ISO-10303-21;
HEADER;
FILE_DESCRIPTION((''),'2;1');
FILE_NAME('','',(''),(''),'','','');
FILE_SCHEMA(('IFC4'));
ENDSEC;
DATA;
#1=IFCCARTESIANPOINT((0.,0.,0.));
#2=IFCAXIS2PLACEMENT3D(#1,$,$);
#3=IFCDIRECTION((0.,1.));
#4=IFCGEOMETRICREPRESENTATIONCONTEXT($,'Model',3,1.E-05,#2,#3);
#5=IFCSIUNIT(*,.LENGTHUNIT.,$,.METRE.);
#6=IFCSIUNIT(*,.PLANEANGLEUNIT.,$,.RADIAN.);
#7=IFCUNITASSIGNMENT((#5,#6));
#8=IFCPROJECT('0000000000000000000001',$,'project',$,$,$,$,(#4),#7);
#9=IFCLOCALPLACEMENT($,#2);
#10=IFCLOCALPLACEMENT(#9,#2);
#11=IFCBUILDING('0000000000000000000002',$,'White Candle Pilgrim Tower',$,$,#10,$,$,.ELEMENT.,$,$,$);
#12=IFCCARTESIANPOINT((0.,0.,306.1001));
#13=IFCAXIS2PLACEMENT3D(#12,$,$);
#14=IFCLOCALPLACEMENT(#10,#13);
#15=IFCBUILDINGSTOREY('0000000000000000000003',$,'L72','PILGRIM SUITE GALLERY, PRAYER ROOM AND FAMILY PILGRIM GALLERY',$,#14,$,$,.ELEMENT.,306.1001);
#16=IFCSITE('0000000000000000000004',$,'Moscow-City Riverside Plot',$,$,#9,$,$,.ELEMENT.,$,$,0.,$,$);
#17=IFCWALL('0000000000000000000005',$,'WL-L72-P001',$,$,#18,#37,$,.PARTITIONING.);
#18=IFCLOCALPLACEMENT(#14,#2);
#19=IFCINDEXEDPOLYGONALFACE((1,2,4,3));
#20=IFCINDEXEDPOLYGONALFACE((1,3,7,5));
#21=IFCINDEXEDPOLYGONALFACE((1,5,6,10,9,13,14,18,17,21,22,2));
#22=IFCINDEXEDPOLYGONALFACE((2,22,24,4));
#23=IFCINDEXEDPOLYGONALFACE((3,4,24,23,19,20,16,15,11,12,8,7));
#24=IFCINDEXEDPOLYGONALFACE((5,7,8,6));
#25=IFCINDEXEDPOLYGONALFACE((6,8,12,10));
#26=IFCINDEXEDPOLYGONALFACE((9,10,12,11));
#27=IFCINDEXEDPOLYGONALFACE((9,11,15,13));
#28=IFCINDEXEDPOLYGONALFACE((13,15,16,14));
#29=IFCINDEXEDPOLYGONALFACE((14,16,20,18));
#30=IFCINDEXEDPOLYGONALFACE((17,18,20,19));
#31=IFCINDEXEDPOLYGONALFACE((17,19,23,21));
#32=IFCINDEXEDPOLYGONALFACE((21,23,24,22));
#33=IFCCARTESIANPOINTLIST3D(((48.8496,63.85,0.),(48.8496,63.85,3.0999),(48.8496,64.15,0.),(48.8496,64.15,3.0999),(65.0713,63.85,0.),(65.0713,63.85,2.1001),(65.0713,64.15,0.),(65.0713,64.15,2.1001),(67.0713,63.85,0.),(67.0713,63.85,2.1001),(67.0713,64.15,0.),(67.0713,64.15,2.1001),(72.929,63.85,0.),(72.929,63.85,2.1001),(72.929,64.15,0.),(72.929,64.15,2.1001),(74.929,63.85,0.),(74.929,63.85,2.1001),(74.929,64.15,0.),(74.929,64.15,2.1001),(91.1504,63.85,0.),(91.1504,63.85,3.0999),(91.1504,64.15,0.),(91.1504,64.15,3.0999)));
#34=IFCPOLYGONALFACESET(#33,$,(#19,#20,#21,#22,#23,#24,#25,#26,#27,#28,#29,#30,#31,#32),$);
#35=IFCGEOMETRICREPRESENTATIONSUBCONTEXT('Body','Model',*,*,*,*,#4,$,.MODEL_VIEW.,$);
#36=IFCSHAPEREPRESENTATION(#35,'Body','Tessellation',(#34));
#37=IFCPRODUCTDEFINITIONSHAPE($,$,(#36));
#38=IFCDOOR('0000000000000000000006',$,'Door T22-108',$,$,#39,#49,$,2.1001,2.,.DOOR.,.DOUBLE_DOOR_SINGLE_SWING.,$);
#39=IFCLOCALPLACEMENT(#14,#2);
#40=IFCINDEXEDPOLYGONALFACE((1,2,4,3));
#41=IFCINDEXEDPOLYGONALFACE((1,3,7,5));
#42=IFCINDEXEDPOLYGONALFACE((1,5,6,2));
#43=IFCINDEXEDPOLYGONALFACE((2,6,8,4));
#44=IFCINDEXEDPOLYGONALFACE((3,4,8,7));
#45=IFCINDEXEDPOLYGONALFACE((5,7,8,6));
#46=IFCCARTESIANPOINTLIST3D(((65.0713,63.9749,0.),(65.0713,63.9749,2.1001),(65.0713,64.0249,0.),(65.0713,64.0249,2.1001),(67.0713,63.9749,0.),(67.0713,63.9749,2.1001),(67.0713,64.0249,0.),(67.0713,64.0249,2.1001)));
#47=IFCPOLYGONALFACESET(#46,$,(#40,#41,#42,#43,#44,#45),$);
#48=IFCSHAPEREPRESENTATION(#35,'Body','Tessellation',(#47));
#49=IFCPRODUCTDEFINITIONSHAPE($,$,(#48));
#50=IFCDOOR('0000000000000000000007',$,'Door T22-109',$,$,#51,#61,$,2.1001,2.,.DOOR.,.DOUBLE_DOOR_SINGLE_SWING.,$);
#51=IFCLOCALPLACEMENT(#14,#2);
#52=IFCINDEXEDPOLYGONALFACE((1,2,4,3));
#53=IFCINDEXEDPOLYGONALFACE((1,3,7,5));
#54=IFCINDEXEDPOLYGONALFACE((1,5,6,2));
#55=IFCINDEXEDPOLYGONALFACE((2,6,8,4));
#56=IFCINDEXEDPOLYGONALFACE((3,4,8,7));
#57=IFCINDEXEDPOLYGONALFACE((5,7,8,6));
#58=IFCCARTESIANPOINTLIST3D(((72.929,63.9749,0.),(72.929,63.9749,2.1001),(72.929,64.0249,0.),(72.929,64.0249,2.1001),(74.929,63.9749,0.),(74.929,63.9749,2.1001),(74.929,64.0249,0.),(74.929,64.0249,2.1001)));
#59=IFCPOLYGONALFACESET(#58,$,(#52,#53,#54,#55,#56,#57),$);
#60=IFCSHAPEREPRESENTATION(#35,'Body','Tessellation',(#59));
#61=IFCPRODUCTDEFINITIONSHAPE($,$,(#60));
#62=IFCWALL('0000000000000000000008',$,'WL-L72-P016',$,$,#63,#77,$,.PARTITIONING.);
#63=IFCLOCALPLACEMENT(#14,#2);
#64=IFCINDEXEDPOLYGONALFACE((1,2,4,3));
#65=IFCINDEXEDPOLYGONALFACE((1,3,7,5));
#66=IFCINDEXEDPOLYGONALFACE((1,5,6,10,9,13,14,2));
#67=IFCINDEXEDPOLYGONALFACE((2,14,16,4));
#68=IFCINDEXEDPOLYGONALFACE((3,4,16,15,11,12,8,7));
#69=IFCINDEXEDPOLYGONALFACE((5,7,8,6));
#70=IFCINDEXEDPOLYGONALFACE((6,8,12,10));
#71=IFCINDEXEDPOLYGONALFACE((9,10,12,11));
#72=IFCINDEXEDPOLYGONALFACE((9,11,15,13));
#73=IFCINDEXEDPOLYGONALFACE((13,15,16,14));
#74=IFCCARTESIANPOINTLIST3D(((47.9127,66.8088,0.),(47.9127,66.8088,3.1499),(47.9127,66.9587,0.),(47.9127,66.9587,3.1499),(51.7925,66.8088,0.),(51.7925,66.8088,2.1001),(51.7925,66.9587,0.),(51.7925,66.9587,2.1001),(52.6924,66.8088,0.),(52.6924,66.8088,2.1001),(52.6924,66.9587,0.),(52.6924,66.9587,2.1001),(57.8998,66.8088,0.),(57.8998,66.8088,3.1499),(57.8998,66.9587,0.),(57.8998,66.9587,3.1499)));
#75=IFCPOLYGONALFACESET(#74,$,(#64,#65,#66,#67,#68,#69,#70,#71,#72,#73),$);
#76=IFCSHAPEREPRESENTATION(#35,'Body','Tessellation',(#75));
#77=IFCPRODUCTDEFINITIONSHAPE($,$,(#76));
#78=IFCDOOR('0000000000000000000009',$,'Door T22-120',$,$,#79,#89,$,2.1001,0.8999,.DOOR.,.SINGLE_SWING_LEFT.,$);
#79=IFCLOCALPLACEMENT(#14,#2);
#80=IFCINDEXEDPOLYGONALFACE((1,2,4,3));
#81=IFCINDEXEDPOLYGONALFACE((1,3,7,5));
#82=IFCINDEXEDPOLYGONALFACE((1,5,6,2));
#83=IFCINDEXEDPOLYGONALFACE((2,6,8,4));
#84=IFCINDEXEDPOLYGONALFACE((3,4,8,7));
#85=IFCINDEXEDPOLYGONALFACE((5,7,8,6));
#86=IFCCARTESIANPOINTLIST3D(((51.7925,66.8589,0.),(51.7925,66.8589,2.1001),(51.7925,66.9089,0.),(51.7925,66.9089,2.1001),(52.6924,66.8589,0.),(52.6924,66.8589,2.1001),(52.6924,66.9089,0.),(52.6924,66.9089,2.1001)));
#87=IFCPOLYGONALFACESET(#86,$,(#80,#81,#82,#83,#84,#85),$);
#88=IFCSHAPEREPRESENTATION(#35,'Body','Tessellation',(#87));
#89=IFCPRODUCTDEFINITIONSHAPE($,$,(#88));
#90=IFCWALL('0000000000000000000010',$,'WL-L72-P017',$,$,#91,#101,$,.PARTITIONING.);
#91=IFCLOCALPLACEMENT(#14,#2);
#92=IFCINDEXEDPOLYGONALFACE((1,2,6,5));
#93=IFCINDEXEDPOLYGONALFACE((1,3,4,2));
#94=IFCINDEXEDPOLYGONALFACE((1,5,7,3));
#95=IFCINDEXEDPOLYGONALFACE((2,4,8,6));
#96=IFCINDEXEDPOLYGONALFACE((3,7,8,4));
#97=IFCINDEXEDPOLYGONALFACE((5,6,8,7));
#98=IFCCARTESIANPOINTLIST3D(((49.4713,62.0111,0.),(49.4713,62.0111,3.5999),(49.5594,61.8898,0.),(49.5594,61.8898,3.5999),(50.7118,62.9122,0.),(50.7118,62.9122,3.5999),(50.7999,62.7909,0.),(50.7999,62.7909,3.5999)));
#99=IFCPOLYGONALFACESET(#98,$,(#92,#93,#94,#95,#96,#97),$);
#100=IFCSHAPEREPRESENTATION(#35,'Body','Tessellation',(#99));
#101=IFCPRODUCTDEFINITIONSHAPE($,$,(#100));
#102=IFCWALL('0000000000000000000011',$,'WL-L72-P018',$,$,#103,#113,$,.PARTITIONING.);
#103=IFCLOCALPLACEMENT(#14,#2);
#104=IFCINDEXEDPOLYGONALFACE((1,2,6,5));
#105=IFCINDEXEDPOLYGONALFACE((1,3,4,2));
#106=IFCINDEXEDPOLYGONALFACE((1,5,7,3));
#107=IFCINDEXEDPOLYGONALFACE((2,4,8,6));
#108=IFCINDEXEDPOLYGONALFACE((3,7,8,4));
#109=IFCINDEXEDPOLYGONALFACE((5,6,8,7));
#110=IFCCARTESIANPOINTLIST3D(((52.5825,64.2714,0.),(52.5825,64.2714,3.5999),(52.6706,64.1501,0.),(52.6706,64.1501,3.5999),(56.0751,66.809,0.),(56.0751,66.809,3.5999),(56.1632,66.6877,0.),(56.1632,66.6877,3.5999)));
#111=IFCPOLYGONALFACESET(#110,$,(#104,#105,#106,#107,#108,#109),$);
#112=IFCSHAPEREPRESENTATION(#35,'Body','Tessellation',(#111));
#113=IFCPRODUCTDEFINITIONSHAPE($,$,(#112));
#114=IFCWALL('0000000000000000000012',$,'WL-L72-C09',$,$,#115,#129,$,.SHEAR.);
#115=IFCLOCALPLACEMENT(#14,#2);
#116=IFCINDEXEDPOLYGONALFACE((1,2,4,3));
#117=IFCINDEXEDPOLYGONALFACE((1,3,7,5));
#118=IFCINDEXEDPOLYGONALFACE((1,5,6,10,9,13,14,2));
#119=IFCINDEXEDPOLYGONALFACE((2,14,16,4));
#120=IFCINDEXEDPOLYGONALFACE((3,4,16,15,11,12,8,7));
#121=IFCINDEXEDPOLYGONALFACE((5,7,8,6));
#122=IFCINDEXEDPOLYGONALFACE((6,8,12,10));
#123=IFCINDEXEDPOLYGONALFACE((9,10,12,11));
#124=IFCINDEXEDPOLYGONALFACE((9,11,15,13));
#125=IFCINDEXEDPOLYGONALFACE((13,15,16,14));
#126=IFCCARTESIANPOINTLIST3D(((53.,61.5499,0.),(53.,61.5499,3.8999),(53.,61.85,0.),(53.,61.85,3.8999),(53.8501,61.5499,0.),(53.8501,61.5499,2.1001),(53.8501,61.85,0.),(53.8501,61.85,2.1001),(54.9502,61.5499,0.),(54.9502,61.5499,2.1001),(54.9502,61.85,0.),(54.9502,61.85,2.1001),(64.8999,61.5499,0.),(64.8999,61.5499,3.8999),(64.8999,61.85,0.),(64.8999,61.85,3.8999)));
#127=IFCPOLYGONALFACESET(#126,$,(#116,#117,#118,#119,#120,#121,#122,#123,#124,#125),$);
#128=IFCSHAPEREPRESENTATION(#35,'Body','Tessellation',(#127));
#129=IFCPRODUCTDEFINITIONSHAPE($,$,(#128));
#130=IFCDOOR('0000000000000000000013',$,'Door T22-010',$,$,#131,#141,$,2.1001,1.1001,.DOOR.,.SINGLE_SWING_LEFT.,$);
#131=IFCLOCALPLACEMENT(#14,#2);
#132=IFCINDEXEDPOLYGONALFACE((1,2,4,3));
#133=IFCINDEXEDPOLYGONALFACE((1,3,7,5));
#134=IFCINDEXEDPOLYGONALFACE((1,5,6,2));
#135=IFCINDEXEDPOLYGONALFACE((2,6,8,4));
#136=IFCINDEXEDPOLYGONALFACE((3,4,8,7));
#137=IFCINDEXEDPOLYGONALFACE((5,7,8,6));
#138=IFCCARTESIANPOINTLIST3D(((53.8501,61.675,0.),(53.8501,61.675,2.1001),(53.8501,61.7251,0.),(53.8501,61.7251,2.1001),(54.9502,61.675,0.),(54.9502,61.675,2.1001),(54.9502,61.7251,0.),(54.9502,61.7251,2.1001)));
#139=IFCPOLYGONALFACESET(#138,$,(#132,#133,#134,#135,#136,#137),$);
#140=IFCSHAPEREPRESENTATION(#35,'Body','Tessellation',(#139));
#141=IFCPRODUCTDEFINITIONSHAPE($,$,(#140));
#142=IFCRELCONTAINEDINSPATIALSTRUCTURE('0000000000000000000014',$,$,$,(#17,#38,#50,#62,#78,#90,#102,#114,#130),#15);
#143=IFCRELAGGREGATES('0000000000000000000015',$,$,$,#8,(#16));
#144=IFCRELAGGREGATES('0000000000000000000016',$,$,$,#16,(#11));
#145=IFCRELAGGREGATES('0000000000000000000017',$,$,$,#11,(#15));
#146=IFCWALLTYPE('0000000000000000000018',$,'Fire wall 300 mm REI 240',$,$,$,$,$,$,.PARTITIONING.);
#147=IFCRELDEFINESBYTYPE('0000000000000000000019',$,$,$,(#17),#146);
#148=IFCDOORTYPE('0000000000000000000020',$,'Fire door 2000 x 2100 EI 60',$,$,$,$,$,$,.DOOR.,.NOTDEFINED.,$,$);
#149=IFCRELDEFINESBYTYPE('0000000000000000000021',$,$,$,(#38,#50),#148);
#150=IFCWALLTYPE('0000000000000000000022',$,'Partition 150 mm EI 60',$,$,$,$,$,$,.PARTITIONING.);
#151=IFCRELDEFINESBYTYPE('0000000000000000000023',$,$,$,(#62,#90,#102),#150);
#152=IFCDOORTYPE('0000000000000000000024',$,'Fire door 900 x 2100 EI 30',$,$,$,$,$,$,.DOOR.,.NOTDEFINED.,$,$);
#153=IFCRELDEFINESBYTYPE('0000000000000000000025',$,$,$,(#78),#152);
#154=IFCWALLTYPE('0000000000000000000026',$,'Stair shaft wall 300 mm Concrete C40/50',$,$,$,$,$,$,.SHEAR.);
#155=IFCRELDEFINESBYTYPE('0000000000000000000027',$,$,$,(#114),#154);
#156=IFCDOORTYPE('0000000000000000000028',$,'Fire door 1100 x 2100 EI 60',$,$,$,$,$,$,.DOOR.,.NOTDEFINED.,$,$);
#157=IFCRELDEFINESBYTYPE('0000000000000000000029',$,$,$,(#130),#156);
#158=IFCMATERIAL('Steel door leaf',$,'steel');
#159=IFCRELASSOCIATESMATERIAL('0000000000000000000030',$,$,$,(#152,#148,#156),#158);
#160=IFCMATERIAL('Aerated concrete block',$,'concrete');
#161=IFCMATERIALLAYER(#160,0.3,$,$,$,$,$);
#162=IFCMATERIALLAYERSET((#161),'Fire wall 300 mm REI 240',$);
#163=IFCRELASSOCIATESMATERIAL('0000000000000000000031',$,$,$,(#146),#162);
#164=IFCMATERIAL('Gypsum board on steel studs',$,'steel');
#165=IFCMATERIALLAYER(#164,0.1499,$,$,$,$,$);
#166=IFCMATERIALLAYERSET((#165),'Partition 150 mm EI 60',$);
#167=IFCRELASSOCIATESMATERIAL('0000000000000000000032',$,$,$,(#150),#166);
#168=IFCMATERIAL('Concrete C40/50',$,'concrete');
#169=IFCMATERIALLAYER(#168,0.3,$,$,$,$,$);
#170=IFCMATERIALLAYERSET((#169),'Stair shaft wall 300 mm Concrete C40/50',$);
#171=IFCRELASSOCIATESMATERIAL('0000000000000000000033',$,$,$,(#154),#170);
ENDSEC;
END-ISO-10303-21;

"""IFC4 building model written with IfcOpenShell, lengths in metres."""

from ifc_helpers import new_model, si_unit, direction, frame, frame_2d, origin, place, context, subcontext, project, spatial, rectangle, extrude, material, layer, layer_set, type_object, element, fill, save


model = new_model("IFC4")

# Units and contexts
model_context = context("Model", 3, precision=1e-05, world=origin(), true_north=direction((0.0, 1.0)))
body_context = subcontext(model_context, "Body", "Model", "MODEL_VIEW")
ifc_project = project(units=[si_unit("LENGTHUNIT", "METRE"), si_unit("PLANEANGLEUNIT", "RADIAN")], contexts=[model_context])

# Site, building, storey
site_placement = place(None, origin())
site = spatial("IfcSite", under=ifc_project, at=site_placement, Name="Moscow-City Riverside Plot", CompositionType="ELEMENT", RefElevation=0.0)
building_placement = place(site_placement, origin())
building = spatial("IfcBuilding", under=site, at=building_placement, Name="White Candle Pilgrim Tower", CompositionType="ELEMENT")
storey_placement = place(building_placement, frame((0.0, 0.0, 306.1001)))
storey = spatial("IfcBuildingStorey", under=building, at=storey_placement, Name="L72", Description="PILGRIM SUITE GALLERY, PRAYER ROOM AND FAMILY PILGRIM GALLERY", CompositionType="ELEMENT", Elevation=306.1001)

# Shared definitions
ifc_material_1 = material(Name="Gypsum board on steel studs", Category="steel")
ifc_material_2 = material(Name="Steel door leaf", Category="steel")
door_type_1 = type_object("IfcDoorType", Name="Fire door 900 x 2100 EI 30", OperationType="NOTDEFINED", PredefinedType="DOOR", material=ifc_material_2)

# Wall, openings, doors
ifc_material_3 = material(Name="Aerated concrete block", Category="concrete")
ifc_layer_1 = layer(ifc_material_3, 0.3)
ifc_layer_set_1 = layer_set([ifc_layer_1], Name="Fire wall 300 mm REI 240")
wall_type_1 = type_object("IfcWallType", Name="Fire wall 300 mm REI 240", PredefinedType="PARTITIONING", material=ifc_layer_set_1)
wall_1_placement = place(storey_placement, frame((48.8496, 64.0, 0.0), z_axis=(0.0, 0.0, 1.0), x_axis=(1.0, 0.0, 0.0)))
wall_1 = element("IfcWall", 1, at=wall_1_placement, inside=storey, type_object=wall_type_1, Name="WL-L72-P001", PredefinedType="PARTITIONING", context=body_context, shape_type="SweptSolid", body=[
    extrude(rectangle(XDim=42.3008, YDim=0.3, at=frame_2d((21.1504, 0.0))), origin(), (0.0, 0.0, 1.0), 3.0999),
])
opening_1_placement = place(wall_1_placement, frame((16.2217, 0.0, 0.0)))
opening_1 = element("IfcOpeningElement", 2, at=opening_1_placement, cuts=wall_1, PredefinedType="OPENING", context=body_context, shape_type="SweptSolid", body=[
    extrude(rectangle(XDim=2.0, YDim=2.1001, at=frame_2d((1.0, 1.05))), frame((0.0, 0.1599, 0.0), z_axis=(0.0, -1.0, 0.0), x_axis=(1.0, 0.0, 0.0)), (0.0, 0.0, 1.0), 0.3201),
])
opening_2_placement = place(wall_1_placement, frame((24.0793, 0.0, 0.0)))
opening_2 = element("IfcOpeningElement", 3, at=opening_2_placement, cuts=wall_1, PredefinedType="OPENING", context=body_context, shape_type="SweptSolid", body=[
    extrude(rectangle(XDim=2.0, YDim=2.1001, at=frame_2d((1.0, 1.05))), frame((0.0, 0.1599, 0.0), z_axis=(0.0, -1.0, 0.0), x_axis=(1.0, 0.0, 0.0)), (0.0, 0.0, 1.0), 0.3201),
])
door_type_2 = type_object("IfcDoorType", Name="Fire door 2000 x 2100 EI 60", OperationType="NOTDEFINED", PredefinedType="DOOR", material=ifc_material_2)
door_1_placement = place(opening_1_placement, origin())
door_1 = element("IfcDoor", 4, at=door_1_placement, inside=storey, type_object=door_type_2, Name="Door T22-108", OperationType="DOUBLE_DOOR_SINGLE_SWING", OverallHeight=2.1001, OverallWidth=2.0, PredefinedType="DOOR", context=body_context, shape_type="SweptSolid", body=[
    extrude(rectangle(XDim=2.0, YDim=2.1001, at=frame_2d((1.0, 1.05))), frame((0.0, 0.0249, 0.0), z_axis=(0.0, -1.0, 0.0), x_axis=(1.0, 0.0, 0.0)), (0.0, 0.0, 1.0), 0.05),
])
fill(opening_1, door_1)
door_2_placement = place(opening_2_placement, origin())
door_2 = element("IfcDoor", 5, at=door_2_placement, inside=storey, type_object=door_type_2, Name="Door T22-109", OperationType="DOUBLE_DOOR_SINGLE_SWING", OverallHeight=2.1001, OverallWidth=2.0, PredefinedType="DOOR", context=body_context, shape_type="SweptSolid", body=[
    extrude(rectangle(XDim=2.0, YDim=2.1001, at=frame_2d((1.0, 1.05))), frame((0.0, 0.0249, 0.0), z_axis=(0.0, -1.0, 0.0), x_axis=(1.0, 0.0, 0.0)), (0.0, 0.0, 1.0), 0.05),
])
fill(opening_2, door_2)

# Wall, opening, door
ifc_layer_2 = layer(ifc_material_1, 0.1499)
ifc_layer_set_2 = layer_set([ifc_layer_2], Name="Partition 150 mm EI 60")
wall_type_2 = type_object("IfcWallType", Name="Partition 150 mm EI 60", PredefinedType="PARTITIONING", material=ifc_layer_set_2)
wall_2_placement = place(storey_placement, frame((47.9126, 66.8838, 0.0), z_axis=(0.0, 0.0, 1.0), x_axis=(1.0, 0.0, 0.0)))
wall_2 = element("IfcWall", 6, at=wall_2_placement, inside=storey, type_object=wall_type_2, Name="WL-L72-P016", PredefinedType="PARTITIONING", context=body_context, shape_type="SweptSolid", body=[
    extrude(rectangle(XDim=9.9871, YDim=0.1499, at=frame_2d((4.9937, 0.0))), origin(), (0.0, 0.0, 1.0), 3.1499),
])
opening_3_placement = place(wall_2_placement, frame((3.8799, 0.0, 0.0)))
opening_3 = element("IfcOpeningElement", 7, at=opening_3_placement, cuts=wall_2, PredefinedType="OPENING", context=body_context, shape_type="SweptSolid", body=[
    extrude(rectangle(XDim=0.8999, YDim=2.1001, at=frame_2d((0.45, 1.05))), frame((0.0, 0.085, 0.0), z_axis=(0.0, -1.0, 0.0), x_axis=(1.0, 0.0, 0.0)), (0.0, 0.0, 1.0), 0.1699),
])
door_3_placement = place(opening_3_placement, frame((0.8999, 0.0, 0.0), z_axis=(0.0, 0.0, 1.0), x_axis=(-1.0, 0.0, 0.0)))
door_3 = element("IfcDoor", 8, at=door_3_placement, inside=storey, type_object=door_type_1, Name="Door T22-120", OperationType="SINGLE_SWING_LEFT", OverallHeight=2.1001, OverallWidth=0.8999, PredefinedType="DOOR", context=body_context, shape_type="SweptSolid", body=[
    extrude(rectangle(XDim=0.8999, YDim=2.1001, at=frame_2d((0.45, 1.05))), frame((0.0, 0.0249, 0.0), z_axis=(0.0, -1.0, 0.0), x_axis=(1.0, 0.0, 0.0)), (0.0, 0.0, 1.0), 0.05),
])
fill(opening_3, door_3)

# Walls
wall_3_placement = place(storey_placement, frame((49.5154, 61.9504, 0.0), z_axis=(0.0, 0.0, 1.0), x_axis=(0.80906, 0.587727, 0.0)))
element("IfcWall", 9, at=wall_3_placement, inside=storey, type_object=wall_type_2, Name="WL-L72-P017", PredefinedType="PARTITIONING", context=body_context, shape_type="SweptSolid", body=[
    extrude(rectangle(XDim=1.5332, YDim=0.1499, at=frame_2d((0.7666, 0.0))), origin(), (0.0, 0.0, 1.0), 3.5999),
])
wall_4_placement = place(storey_placement, frame((52.6265, 64.2107, 0.0), z_axis=(0.0, 0.0, 1.0), x_axis=(0.809015, 0.587788, 0.0)))
element("IfcWall", 10, at=wall_4_placement, inside=storey, type_object=wall_type_2, Name="WL-L72-P018", PredefinedType="PARTITIONING", context=body_context, shape_type="SweptSolid", body=[
    extrude(rectangle(XDim=4.3171, YDim=0.1499, at=frame_2d((2.1587, 0.0))), origin(), (0.0, 0.0, 1.0), 3.5999),
])

# Wall, opening, door
ifc_material_4 = material(Name="Concrete C40/50", Category="concrete")
ifc_layer_3 = layer(ifc_material_4, 0.3)
ifc_layer_set_3 = layer_set([ifc_layer_3], Name="Stair shaft wall 300 mm Concrete C40/50")
wall_type_3 = type_object("IfcWallType", Name="Stair shaft wall 300 mm Concrete C40/50", PredefinedType="SHEAR", material=ifc_layer_set_3)
wall_5_placement = place(storey_placement, frame((53.0, 61.7, 0.0), z_axis=(0.0, 0.0, 1.0), x_axis=(1.0, 0.0, 0.0)))
wall_5 = element("IfcWall", 11, at=wall_5_placement, inside=storey, type_object=wall_type_3, Name="WL-L72-C09", PredefinedType="SHEAR", context=body_context, shape_type="SweptSolid", body=[
    extrude(rectangle(XDim=11.8999, YDim=0.3, at=frame_2d((5.95, 0.0))), origin(), (0.0, 0.0, 1.0), 3.8999),
])
opening_4_placement = place(wall_5_placement, frame((0.8501, 0.0, 0.0)))
opening_4 = element("IfcOpeningElement", 12, at=opening_4_placement, cuts=wall_5, PredefinedType="OPENING", context=body_context, shape_type="SweptSolid", body=[
    extrude(rectangle(XDim=1.1001, YDim=2.1001, at=frame_2d((0.55, 1.05))), frame((0.0, 0.1599, 0.0), z_axis=(0.0, -1.0, 0.0), x_axis=(1.0, 0.0, 0.0)), (0.0, 0.0, 1.0), 0.3201),
])
door_type_3 = type_object("IfcDoorType", Name="Fire door 1100 x 2100 EI 60", OperationType="NOTDEFINED", PredefinedType="DOOR", material=ifc_material_2)
door_4_placement = place(opening_4_placement, frame((1.1001, 0.0, 0.0), z_axis=(0.0, 0.0, 1.0), x_axis=(-1.0, 0.0, 0.0)))
door_4 = element("IfcDoor", 13, at=door_4_placement, inside=storey, type_object=door_type_3, Name="Door T22-010", OperationType="SINGLE_SWING_LEFT", OverallHeight=2.1001, OverallWidth=1.1001, PredefinedType="DOOR", context=body_context, shape_type="SweptSolid", body=[
    extrude(rectangle(XDim=1.1001, YDim=2.1001, at=frame_2d((0.55, 1.05))), frame((0.0, 0.0249, 0.0), z_axis=(0.0, -1.0, 0.0), x_axis=(1.0, 0.0, 0.0)), (0.0, 0.0, 1.0), 0.05),
])
fill(opening_4, door_4)

save(model, "model.ifc")
